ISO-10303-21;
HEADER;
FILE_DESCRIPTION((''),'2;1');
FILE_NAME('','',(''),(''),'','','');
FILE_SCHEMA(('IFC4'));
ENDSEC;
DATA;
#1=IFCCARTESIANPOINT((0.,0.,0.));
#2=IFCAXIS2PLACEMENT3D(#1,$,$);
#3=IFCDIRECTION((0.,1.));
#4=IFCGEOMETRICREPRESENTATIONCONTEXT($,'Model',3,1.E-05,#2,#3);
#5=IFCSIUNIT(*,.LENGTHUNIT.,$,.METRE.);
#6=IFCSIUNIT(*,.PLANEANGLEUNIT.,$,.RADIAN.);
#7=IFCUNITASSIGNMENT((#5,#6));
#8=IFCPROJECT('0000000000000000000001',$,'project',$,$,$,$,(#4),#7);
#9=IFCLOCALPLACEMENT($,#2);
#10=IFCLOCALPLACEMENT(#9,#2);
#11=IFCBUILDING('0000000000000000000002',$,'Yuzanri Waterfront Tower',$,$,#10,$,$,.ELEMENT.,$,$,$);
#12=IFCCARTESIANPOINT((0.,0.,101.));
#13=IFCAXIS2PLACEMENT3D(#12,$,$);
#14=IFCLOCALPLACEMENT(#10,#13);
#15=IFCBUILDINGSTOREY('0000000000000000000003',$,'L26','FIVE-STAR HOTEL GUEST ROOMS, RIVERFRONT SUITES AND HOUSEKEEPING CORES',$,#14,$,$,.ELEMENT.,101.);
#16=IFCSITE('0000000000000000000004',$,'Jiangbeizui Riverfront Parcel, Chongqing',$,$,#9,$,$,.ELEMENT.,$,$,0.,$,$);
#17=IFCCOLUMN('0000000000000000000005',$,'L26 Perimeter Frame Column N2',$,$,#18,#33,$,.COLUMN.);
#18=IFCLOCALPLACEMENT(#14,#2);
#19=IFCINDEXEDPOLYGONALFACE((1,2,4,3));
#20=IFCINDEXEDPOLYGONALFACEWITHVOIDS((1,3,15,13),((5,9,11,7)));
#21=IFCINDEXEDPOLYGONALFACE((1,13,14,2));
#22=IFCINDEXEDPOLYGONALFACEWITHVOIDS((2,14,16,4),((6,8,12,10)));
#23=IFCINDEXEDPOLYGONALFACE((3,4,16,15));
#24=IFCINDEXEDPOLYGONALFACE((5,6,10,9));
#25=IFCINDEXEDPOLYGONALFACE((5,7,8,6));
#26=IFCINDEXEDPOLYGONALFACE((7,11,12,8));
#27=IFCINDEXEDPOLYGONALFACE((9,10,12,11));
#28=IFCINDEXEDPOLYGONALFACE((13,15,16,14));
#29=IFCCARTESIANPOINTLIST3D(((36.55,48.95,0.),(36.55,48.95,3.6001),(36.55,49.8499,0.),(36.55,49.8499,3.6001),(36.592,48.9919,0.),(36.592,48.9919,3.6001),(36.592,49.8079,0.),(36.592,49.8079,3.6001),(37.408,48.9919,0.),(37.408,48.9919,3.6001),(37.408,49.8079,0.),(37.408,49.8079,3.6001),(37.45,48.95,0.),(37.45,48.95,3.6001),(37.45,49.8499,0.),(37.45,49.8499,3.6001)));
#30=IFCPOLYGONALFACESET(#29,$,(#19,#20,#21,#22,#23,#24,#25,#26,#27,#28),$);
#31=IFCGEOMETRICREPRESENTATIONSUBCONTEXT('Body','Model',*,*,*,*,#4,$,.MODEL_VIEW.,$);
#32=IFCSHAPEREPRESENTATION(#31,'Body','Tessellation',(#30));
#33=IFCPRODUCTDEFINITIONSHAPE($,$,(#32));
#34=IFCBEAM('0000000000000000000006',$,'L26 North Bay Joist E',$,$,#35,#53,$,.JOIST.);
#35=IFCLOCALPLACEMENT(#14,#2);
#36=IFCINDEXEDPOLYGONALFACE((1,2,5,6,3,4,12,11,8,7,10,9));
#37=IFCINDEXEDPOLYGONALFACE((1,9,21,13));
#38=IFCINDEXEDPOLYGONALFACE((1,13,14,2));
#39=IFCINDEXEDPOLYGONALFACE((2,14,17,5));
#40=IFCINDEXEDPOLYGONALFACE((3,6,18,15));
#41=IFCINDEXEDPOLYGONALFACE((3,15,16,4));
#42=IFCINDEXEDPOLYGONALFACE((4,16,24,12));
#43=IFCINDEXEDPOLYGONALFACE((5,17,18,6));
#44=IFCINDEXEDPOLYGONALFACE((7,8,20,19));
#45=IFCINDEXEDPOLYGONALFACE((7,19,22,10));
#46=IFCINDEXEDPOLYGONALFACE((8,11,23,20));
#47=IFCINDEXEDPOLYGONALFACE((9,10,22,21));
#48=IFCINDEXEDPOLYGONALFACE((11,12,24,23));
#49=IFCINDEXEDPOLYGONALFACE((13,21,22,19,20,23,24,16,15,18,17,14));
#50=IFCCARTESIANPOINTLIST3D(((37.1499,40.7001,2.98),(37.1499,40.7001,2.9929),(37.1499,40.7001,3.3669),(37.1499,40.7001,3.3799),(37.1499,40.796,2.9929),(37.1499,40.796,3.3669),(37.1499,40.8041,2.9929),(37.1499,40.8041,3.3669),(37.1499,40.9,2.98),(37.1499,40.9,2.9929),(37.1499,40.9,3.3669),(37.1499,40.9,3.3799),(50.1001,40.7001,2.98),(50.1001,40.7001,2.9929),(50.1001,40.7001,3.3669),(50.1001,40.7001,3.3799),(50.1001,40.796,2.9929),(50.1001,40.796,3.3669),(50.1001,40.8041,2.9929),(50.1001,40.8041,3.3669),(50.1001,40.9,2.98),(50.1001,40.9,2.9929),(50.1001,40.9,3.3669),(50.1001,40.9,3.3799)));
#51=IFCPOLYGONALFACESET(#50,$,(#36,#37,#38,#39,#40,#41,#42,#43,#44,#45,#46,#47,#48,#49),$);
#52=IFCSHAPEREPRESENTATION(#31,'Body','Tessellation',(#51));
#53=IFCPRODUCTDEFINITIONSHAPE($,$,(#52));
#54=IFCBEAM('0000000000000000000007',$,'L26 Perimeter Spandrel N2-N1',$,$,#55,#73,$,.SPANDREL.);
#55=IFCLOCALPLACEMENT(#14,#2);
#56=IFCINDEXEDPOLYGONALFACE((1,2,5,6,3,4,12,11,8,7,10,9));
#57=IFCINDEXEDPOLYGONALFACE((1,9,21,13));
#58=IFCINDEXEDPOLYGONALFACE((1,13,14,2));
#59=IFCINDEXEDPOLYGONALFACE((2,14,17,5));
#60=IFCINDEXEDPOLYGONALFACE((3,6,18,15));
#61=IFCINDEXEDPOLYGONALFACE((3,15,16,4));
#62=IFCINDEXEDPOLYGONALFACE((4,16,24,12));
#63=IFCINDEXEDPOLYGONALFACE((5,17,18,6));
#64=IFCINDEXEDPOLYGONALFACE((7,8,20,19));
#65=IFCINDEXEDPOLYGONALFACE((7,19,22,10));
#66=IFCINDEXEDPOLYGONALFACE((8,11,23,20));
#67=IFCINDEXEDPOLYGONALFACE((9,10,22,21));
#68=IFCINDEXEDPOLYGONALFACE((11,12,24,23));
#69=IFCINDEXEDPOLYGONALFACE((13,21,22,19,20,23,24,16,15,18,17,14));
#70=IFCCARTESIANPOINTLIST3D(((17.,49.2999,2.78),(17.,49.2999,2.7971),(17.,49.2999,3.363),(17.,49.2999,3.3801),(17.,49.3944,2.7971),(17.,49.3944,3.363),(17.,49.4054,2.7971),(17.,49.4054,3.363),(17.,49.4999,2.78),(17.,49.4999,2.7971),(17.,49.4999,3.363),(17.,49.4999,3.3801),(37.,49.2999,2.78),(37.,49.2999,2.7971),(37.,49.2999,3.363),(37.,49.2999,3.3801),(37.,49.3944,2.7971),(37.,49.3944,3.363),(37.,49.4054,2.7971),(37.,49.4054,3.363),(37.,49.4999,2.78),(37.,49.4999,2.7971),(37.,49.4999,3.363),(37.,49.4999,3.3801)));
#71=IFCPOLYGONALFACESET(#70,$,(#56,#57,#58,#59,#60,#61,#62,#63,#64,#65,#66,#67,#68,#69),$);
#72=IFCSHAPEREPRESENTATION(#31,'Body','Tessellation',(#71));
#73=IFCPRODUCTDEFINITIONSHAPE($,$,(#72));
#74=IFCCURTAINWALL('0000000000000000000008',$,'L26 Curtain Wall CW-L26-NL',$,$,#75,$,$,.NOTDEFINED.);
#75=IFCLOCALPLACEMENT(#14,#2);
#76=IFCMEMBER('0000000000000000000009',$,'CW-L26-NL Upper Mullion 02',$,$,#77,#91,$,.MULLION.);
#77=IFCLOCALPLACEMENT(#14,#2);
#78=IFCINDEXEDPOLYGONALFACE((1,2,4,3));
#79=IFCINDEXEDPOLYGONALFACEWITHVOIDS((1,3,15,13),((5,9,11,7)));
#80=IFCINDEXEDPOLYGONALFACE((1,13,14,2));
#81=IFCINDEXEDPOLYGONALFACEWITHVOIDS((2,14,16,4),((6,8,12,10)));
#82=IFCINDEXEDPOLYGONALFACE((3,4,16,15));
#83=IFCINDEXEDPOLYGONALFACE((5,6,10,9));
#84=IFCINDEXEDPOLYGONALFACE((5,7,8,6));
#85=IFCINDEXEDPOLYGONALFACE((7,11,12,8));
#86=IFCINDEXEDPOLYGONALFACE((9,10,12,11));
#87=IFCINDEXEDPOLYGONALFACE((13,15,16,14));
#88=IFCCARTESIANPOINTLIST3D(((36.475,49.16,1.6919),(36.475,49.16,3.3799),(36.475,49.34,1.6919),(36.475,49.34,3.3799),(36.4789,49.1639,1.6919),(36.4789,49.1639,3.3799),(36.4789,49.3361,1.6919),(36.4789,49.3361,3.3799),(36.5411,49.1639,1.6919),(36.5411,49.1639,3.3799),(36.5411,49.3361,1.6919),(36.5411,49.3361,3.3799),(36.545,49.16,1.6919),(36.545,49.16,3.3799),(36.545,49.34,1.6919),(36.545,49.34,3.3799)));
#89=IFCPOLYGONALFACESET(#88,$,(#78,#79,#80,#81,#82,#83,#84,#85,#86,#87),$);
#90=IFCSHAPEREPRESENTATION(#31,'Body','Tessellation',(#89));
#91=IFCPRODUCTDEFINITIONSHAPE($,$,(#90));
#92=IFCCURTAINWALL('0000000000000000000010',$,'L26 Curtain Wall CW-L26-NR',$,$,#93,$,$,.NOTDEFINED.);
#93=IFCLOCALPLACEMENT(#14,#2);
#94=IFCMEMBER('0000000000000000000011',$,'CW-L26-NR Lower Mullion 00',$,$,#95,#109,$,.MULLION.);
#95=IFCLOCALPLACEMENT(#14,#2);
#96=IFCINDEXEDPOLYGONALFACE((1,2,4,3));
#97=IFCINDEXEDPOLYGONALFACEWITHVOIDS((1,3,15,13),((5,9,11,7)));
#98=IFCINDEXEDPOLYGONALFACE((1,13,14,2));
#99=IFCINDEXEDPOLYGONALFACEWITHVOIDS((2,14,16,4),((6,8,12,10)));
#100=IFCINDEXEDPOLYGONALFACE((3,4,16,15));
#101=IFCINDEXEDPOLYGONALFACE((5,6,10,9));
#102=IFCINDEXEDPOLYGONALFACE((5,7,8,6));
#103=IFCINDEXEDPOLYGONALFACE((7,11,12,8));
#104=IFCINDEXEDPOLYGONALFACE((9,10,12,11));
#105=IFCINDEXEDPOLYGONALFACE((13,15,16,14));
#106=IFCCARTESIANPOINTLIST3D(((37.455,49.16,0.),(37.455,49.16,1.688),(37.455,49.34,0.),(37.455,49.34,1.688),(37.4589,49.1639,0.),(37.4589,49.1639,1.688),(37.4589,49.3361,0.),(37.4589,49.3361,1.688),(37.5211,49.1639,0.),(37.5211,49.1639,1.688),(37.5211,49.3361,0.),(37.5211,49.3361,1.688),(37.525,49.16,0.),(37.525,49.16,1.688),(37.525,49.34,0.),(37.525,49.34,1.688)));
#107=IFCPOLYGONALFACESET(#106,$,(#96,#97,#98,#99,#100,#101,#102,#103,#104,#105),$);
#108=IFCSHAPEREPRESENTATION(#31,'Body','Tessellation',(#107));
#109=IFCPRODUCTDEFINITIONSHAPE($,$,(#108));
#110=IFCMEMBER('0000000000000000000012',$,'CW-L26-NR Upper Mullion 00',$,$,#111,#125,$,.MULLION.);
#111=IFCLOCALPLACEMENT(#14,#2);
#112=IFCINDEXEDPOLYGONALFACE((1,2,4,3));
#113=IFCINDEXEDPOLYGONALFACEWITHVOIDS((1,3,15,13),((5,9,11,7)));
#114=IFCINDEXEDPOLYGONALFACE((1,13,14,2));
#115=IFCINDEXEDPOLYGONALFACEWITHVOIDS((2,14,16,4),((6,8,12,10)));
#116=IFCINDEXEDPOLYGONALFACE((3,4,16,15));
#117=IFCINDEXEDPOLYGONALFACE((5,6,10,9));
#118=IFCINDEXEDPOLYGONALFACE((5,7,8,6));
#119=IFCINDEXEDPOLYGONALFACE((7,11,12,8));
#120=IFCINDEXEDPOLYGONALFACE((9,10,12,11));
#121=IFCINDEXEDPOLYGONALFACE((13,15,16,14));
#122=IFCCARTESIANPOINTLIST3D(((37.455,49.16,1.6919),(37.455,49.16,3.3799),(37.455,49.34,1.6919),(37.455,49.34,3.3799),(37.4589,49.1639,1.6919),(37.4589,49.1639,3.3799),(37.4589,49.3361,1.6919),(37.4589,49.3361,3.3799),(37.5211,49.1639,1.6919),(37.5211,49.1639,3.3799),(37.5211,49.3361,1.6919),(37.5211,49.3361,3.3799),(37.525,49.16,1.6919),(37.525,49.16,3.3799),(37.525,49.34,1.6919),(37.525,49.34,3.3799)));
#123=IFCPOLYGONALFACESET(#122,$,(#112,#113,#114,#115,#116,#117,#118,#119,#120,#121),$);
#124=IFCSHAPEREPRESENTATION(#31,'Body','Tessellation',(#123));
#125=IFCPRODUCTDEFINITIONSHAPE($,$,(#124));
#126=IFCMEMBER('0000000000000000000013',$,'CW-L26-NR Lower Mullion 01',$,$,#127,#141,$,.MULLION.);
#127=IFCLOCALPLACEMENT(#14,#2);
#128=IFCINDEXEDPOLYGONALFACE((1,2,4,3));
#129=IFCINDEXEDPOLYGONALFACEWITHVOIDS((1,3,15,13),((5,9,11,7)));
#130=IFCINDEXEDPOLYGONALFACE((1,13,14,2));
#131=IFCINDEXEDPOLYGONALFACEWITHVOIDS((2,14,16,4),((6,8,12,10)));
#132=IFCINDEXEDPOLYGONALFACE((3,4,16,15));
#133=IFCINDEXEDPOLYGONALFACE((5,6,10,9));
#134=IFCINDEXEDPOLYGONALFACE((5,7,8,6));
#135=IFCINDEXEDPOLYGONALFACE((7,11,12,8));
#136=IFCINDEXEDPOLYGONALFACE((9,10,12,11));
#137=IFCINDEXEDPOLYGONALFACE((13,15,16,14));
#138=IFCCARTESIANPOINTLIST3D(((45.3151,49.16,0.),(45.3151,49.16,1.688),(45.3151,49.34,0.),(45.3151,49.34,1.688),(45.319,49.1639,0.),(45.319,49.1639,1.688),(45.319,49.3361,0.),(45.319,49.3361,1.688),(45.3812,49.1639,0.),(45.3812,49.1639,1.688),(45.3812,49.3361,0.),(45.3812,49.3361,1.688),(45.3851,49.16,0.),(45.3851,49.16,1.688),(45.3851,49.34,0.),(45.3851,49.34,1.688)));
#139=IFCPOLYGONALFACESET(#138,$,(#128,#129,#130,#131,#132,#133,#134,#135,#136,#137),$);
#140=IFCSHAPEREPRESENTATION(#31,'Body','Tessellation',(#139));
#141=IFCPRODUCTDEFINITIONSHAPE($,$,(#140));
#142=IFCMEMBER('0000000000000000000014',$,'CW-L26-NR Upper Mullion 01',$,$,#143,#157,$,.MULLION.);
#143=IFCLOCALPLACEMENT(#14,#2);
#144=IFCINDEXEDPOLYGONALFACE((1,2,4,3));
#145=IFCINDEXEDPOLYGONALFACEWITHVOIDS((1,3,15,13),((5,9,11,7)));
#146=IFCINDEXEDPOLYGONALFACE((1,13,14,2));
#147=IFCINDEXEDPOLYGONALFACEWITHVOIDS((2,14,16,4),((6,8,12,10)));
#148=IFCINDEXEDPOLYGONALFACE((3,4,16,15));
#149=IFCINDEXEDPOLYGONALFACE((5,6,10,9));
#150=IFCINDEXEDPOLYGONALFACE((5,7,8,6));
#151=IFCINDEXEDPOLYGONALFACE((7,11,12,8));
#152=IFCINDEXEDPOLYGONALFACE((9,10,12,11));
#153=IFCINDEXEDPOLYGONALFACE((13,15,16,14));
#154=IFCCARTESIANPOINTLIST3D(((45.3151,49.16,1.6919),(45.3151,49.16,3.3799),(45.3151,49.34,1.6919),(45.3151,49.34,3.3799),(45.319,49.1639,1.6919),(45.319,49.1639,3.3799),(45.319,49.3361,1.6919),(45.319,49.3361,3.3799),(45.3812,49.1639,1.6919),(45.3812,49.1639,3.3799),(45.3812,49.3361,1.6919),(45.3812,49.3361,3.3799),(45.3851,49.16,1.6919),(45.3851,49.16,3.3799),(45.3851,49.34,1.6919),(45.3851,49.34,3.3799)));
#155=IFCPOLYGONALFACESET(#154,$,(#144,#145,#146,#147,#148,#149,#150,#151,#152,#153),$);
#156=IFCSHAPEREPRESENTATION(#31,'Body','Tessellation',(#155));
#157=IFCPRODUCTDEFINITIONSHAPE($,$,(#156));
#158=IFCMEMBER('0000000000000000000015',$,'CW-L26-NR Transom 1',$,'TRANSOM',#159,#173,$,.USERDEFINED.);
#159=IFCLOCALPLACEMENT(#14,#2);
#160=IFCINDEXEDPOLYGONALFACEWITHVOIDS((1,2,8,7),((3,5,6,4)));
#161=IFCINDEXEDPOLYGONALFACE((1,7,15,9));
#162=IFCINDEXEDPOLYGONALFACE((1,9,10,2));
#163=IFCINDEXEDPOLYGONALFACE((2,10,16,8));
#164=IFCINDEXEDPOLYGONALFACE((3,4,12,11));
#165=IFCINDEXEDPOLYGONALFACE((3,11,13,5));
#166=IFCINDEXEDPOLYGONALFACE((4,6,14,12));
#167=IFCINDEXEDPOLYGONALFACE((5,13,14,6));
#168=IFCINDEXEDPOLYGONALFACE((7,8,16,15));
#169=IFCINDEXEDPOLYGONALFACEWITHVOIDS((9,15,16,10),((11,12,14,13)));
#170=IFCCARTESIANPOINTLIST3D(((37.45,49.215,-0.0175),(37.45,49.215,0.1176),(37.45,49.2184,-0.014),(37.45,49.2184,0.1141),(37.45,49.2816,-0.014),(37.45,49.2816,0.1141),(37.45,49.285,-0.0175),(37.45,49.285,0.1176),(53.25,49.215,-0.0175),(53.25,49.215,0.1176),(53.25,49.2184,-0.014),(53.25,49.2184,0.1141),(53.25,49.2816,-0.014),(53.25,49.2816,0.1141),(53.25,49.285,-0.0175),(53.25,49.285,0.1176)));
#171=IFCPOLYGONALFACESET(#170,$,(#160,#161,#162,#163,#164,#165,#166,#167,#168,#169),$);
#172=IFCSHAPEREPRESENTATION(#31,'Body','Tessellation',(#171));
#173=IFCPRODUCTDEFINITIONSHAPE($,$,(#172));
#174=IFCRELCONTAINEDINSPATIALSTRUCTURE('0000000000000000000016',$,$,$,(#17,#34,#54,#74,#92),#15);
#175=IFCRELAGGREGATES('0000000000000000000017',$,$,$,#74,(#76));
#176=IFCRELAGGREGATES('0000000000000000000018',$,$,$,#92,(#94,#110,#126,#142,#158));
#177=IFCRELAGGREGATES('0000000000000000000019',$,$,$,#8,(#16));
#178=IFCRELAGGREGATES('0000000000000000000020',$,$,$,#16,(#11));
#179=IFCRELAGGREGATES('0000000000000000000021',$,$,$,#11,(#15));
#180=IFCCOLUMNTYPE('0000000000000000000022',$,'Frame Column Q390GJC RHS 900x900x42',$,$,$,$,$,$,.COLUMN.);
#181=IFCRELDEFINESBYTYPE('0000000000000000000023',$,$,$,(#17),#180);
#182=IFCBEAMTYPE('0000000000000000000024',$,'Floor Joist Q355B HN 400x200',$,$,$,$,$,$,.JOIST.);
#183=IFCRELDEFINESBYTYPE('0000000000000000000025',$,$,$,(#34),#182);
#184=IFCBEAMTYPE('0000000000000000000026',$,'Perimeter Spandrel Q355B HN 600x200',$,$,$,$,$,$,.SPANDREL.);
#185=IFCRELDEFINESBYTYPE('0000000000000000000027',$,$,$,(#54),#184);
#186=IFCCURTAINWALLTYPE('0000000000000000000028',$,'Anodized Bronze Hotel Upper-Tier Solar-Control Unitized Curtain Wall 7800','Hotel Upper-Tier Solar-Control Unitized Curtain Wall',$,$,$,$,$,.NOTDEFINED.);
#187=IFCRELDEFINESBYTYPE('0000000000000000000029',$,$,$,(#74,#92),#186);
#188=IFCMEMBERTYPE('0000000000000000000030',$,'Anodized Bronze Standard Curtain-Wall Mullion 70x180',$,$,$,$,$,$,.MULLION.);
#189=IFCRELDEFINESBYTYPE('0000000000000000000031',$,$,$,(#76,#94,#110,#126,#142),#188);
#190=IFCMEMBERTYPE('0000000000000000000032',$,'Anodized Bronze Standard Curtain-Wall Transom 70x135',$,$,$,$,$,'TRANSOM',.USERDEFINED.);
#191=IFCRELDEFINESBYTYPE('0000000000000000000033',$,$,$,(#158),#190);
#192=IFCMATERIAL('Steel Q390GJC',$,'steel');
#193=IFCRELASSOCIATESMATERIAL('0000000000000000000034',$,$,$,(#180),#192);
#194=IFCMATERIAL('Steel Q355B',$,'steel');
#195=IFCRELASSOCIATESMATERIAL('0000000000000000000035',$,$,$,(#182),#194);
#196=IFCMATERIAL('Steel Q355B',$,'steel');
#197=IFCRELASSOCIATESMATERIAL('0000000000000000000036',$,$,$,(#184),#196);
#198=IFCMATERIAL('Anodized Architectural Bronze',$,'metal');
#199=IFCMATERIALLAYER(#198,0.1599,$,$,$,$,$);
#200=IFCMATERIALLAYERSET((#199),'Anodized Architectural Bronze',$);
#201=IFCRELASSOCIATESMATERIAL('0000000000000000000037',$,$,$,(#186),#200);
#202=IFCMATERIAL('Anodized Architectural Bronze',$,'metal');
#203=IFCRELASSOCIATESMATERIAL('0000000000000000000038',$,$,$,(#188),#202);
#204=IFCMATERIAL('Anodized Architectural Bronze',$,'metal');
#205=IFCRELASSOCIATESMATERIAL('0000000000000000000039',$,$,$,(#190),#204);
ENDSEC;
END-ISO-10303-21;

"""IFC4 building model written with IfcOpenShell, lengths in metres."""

from ifc_helpers import new_model, si_unit, direction, frame, origin, origin_2d, place, context, subcontext, project, spatial, hollow_rectangle, i_section, extrude, source, transform, mapped, material, layer, layer_set, material_profile, profile_set, type_object, element, aggregate, save


model = new_model("IFC4")

# Units and contexts
model_context = context("Model", 3, precision=1e-05, world=origin(), true_north=direction((0.0, 1.0)))
body_context = subcontext(model_context, "Body", "Model", "MODEL_VIEW")
ifc_project = project(units=[si_unit("LENGTHUNIT", "METRE"), si_unit("PLANEANGLEUNIT", "RADIAN")], contexts=[model_context])

# Site, building, storey
site_placement = place(None, origin())
site = spatial("IfcSite", under=ifc_project, at=site_placement, Name="Jiangbeizui Riverfront Parcel, Chongqing", CompositionType="ELEMENT", RefElevation=0.0)
building_placement = place(site_placement, origin())
building = spatial("IfcBuilding", under=site, at=building_placement, Name="Yuzanri Waterfront Tower", CompositionType="ELEMENT")
storey_placement = place(building_placement, frame((0.0, 0.0, 101.0)))
storey = spatial("IfcBuildingStorey", under=building, at=storey_placement, Name="L26", Description="FIVE-STAR HOTEL GUEST ROOMS, RIVERFRONT SUITES AND HOUSEKEEPING CORES", CompositionType="ELEMENT", Elevation=101.0)

# Column
ifc_material_1 = material(Name="Steel Q390GJC", Category="steel")
ifc_material_profile_1 = material_profile(ifc_material_1, hollow_rectangle(XDim=0.8999, YDim=0.8999, WallThickness=0.042, at=origin_2d()), Name="RHS 900x900x42")
ifc_profile_set_1 = profile_set([ifc_material_profile_1], Name="Steel Q390GJC")
column_type = type_object("IfcColumnType", Name="Frame Column Q390GJC RHS 900x900x42", PredefinedType="COLUMN", material=ifc_profile_set_1)
shared_shape_1 = source(origin(), body_context, "Body", "SweptSolid", [
    extrude(hollow_rectangle(XDim=0.8999, YDim=0.8999, WallThickness=0.042, at=origin_2d()), origin(), (0.0, 0.0, 1.0), 3.6001),
])
column_placement = place(storey_placement, frame((37.0, 49.3999, 0.0), z_axis=(0.0, 0.0, 1.0), x_axis=(1.0, 0.0, 0.0)))
element("IfcColumn", 1, at=column_placement, inside=storey, type_object=column_type, Name="L26 Perimeter Frame Column N2", PredefinedType="COLUMN", context=body_context, shape_type="MappedRepresentation", body=[
    mapped(shared_shape_1, transform((0.0, 0.0, 0.0), scale=1.0)),
])

# Beams
ifc_material_2 = material(Name="Steel Q355B", Category="steel")
ifc_material_profile_2 = material_profile(ifc_material_2, i_section(OverallWidth=0.2, OverallDepth=0.3999, WebThickness=0.0081, FlangeThickness=0.0129, at=origin_2d()), Name="HN 400x200x8x13")
ifc_profile_set_2 = profile_set([ifc_material_profile_2], Name="Steel Q355B")
beam_type_1 = type_object("IfcBeamType", Name="Floor Joist Q355B HN 400x200", PredefinedType="JOIST", material=ifc_profile_set_2)
shared_shape_2 = source(origin(), body_context, "Body", "SweptSolid", [
    extrude(i_section(OverallWidth=0.2, OverallDepth=0.3999, WebThickness=0.0081, FlangeThickness=0.0129, at=origin_2d()), origin(), (0.0, 0.0, 1.0), 12.9502),
])
beam_1_placement = place(storey_placement, frame((37.1499, 40.8, 3.1799), z_axis=(1.0, 0.0, 0.0), x_axis=(0.0, 1.0, 0.0)))
element("IfcBeam", 2, at=beam_1_placement, inside=storey, type_object=beam_type_1, Name="L26 North Bay Joist E", PredefinedType="JOIST", context=body_context, shape_type="MappedRepresentation", body=[
    mapped(shared_shape_2, transform((0.0, 0.0, 0.0), scale=1.0)),
])
ifc_material_3 = material(Name="Steel Q355B", Category="steel")
ifc_material_profile_3 = material_profile(ifc_material_3, i_section(OverallWidth=0.2, OverallDepth=0.6001, WebThickness=0.011, FlangeThickness=0.0171, at=origin_2d()), Name="HN 600x200x11x17")
ifc_profile_set_3 = profile_set([ifc_material_profile_3], Name="Steel Q355B")
beam_type_2 = type_object("IfcBeamType", Name="Perimeter Spandrel Q355B HN 600x200", PredefinedType="SPANDREL", material=ifc_profile_set_3)
shared_shape_3 = source(origin(), body_context, "Body", "SweptSolid", [
    extrude(i_section(OverallWidth=0.2, OverallDepth=0.6001, WebThickness=0.011, FlangeThickness=0.0171, at=origin_2d()), origin(), (0.0, 0.0, 1.0), 20.0),
])
beam_2_placement = place(storey_placement, frame((37.0, 49.3999, 3.0801), z_axis=(-1.0, 0.0, 0.0), x_axis=(0.0, -1.0, 0.0)))
element("IfcBeam", 3, at=beam_2_placement, inside=storey, type_object=beam_type_2, Name="L26 Perimeter Spandrel N2-N1", PredefinedType="SPANDREL", context=body_context, shape_type="MappedRepresentation", body=[
    mapped(shared_shape_3, transform((0.0, 0.0, 0.0), scale=1.0)),
])

# Curtain wall, member
ifc_material_4 = material(Name="Anodized Architectural Bronze", Category="metal")
ifc_layer_1 = layer(ifc_material_4, 0.1599)
ifc_layer_set_1 = layer_set([ifc_layer_1], Name="Anodized Architectural Bronze")
curtain_wall_type = type_object("IfcCurtainWallType", Name="Anodized Bronze Hotel Upper-Tier Solar-Control Unitized Curtain Wall 7800", Description="Hotel Upper-Tier Solar-Control Unitized Curtain Wall", PredefinedType="NOTDEFINED", material=ifc_layer_set_1)
curtain_wall_1_placement = place(storey_placement, origin())
curtain_wall_1 = element("IfcCurtainWall", 4, at=curtain_wall_1_placement, inside=storey, type_object=curtain_wall_type, Name="L26 Curtain Wall CW-L26-NL", PredefinedType="NOTDEFINED")
ifc_material_5 = material(Name="Anodized Architectural Bronze", Category="metal")
ifc_material_profile_4 = material_profile(ifc_material_5, hollow_rectangle(XDim=0.0701, YDim=0.1799, WallThickness=0.0039, at=origin_2d()), Name="CWM 70x180")
ifc_profile_set_4 = profile_set([ifc_material_profile_4], Name="Anodized Architectural Bronze")
member_type_1 = type_object("IfcMemberType", Name="Anodized Bronze Standard Curtain-Wall Mullion 70x180", PredefinedType="MULLION", material=ifc_profile_set_4)
shared_shape_4 = source(origin(), body_context, "Body", "SweptSolid", [
    extrude(hollow_rectangle(XDim=0.0701, YDim=0.1799, WallThickness=0.0039, at=origin_2d()), origin(), (0.0, 0.0, 1.0), 1.688),
])
member_1_placement = place(storey_placement, frame((36.51, 49.25, 1.6919), z_axis=(0.0, 0.0, 1.0), x_axis=(1.0, 0.0, 0.0)))
member_1 = element("IfcMember", 5, at=member_1_placement, type_object=member_type_1, Name="CW-L26-NL Upper Mullion 02", PredefinedType="MULLION", context=body_context, shape_type="MappedRepresentation", body=[
    mapped(shared_shape_4, transform((0.0, 0.0, 0.0), scale=1.0)),
])
aggregate(curtain_wall_1, [member_1])

# Curtain wall, members
curtain_wall_2_placement = place(storey_placement, origin())
curtain_wall_2 = element("IfcCurtainWall", 6, at=curtain_wall_2_placement, inside=storey, type_object=curtain_wall_type, Name="L26 Curtain Wall CW-L26-NR", PredefinedType="NOTDEFINED")
member_2_placement = place(storey_placement, frame((37.49, 49.25, 0.0), z_axis=(0.0, 0.0, 1.0), x_axis=(1.0, 0.0, 0.0)))
member_2 = element("IfcMember", 7, at=member_2_placement, type_object=member_type_1, Name="CW-L26-NR Lower Mullion 00", PredefinedType="MULLION", context=body_context, shape_type="MappedRepresentation", body=[
    mapped(shared_shape_4, transform((0.0, 0.0, 0.0), scale=1.0)),
])
member_3_placement = place(storey_placement, frame((37.49, 49.25, 1.6919), z_axis=(0.0, 0.0, 1.0), x_axis=(1.0, 0.0, 0.0)))
member_3 = element("IfcMember", 8, at=member_3_placement, type_object=member_type_1, Name="CW-L26-NR Upper Mullion 00", PredefinedType="MULLION", context=body_context, shape_type="MappedRepresentation", body=[
    mapped(shared_shape_4, transform((0.0, 0.0, 0.0), scale=1.0)),
])
member_4_placement = place(storey_placement, frame((45.3501, 49.25, 0.0), z_axis=(0.0, 0.0, 1.0), x_axis=(1.0, 0.0, 0.0)))
member_4 = element("IfcMember", 9, at=member_4_placement, type_object=member_type_1, Name="CW-L26-NR Lower Mullion 01", PredefinedType="MULLION", context=body_context, shape_type="MappedRepresentation", body=[
    mapped(shared_shape_4, transform((0.0, 0.0, 0.0), scale=1.0)),
])
member_5_placement = place(storey_placement, frame((45.3501, 49.25, 1.6919), z_axis=(0.0, 0.0, 1.0), x_axis=(1.0, 0.0, 0.0)))
member_5 = element("IfcMember", 10, at=member_5_placement, type_object=member_type_1, Name="CW-L26-NR Upper Mullion 01", PredefinedType="MULLION", context=body_context, shape_type="MappedRepresentation", body=[
    mapped(shared_shape_4, transform((0.0, 0.0, 0.0), scale=1.0)),
])
ifc_material_6 = material(Name="Anodized Architectural Bronze", Category="metal")
ifc_material_profile_5 = material_profile(ifc_material_6, hollow_rectangle(XDim=0.0701, YDim=0.135, WallThickness=0.0034, at=origin_2d()), Name="CWT 70x135")
ifc_profile_set_5 = profile_set([ifc_material_profile_5], Name="Anodized Architectural Bronze")
member_type_2 = type_object("IfcMemberType", Name="Anodized Bronze Standard Curtain-Wall Transom 70x135", ElementType="TRANSOM", PredefinedType="USERDEFINED", material=ifc_profile_set_5)
shared_shape_5 = source(origin(), body_context, "Body", "SweptSolid", [
    extrude(hollow_rectangle(XDim=0.0701, YDim=0.135, WallThickness=0.0034, at=origin_2d()), origin(), (0.0, 0.0, 1.0), 15.8),
])
member_6_placement = place(storey_placement, frame((37.45, 49.25, 0.05), z_axis=(1.0, 0.0, 0.0), x_axis=(0.0, 1.0, 0.0)))
member_6 = element("IfcMember", 11, at=member_6_placement, type_object=member_type_2, Name="CW-L26-NR Transom 1", ObjectType="TRANSOM", PredefinedType="USERDEFINED", context=body_context, shape_type="MappedRepresentation", body=[
    mapped(shared_shape_5, transform((0.0, 0.0, 0.0), scale=1.0)),
])
aggregate(curtain_wall_2, [member_2, member_3, member_4, member_5, member_6])

save(model, "model.ifc")
